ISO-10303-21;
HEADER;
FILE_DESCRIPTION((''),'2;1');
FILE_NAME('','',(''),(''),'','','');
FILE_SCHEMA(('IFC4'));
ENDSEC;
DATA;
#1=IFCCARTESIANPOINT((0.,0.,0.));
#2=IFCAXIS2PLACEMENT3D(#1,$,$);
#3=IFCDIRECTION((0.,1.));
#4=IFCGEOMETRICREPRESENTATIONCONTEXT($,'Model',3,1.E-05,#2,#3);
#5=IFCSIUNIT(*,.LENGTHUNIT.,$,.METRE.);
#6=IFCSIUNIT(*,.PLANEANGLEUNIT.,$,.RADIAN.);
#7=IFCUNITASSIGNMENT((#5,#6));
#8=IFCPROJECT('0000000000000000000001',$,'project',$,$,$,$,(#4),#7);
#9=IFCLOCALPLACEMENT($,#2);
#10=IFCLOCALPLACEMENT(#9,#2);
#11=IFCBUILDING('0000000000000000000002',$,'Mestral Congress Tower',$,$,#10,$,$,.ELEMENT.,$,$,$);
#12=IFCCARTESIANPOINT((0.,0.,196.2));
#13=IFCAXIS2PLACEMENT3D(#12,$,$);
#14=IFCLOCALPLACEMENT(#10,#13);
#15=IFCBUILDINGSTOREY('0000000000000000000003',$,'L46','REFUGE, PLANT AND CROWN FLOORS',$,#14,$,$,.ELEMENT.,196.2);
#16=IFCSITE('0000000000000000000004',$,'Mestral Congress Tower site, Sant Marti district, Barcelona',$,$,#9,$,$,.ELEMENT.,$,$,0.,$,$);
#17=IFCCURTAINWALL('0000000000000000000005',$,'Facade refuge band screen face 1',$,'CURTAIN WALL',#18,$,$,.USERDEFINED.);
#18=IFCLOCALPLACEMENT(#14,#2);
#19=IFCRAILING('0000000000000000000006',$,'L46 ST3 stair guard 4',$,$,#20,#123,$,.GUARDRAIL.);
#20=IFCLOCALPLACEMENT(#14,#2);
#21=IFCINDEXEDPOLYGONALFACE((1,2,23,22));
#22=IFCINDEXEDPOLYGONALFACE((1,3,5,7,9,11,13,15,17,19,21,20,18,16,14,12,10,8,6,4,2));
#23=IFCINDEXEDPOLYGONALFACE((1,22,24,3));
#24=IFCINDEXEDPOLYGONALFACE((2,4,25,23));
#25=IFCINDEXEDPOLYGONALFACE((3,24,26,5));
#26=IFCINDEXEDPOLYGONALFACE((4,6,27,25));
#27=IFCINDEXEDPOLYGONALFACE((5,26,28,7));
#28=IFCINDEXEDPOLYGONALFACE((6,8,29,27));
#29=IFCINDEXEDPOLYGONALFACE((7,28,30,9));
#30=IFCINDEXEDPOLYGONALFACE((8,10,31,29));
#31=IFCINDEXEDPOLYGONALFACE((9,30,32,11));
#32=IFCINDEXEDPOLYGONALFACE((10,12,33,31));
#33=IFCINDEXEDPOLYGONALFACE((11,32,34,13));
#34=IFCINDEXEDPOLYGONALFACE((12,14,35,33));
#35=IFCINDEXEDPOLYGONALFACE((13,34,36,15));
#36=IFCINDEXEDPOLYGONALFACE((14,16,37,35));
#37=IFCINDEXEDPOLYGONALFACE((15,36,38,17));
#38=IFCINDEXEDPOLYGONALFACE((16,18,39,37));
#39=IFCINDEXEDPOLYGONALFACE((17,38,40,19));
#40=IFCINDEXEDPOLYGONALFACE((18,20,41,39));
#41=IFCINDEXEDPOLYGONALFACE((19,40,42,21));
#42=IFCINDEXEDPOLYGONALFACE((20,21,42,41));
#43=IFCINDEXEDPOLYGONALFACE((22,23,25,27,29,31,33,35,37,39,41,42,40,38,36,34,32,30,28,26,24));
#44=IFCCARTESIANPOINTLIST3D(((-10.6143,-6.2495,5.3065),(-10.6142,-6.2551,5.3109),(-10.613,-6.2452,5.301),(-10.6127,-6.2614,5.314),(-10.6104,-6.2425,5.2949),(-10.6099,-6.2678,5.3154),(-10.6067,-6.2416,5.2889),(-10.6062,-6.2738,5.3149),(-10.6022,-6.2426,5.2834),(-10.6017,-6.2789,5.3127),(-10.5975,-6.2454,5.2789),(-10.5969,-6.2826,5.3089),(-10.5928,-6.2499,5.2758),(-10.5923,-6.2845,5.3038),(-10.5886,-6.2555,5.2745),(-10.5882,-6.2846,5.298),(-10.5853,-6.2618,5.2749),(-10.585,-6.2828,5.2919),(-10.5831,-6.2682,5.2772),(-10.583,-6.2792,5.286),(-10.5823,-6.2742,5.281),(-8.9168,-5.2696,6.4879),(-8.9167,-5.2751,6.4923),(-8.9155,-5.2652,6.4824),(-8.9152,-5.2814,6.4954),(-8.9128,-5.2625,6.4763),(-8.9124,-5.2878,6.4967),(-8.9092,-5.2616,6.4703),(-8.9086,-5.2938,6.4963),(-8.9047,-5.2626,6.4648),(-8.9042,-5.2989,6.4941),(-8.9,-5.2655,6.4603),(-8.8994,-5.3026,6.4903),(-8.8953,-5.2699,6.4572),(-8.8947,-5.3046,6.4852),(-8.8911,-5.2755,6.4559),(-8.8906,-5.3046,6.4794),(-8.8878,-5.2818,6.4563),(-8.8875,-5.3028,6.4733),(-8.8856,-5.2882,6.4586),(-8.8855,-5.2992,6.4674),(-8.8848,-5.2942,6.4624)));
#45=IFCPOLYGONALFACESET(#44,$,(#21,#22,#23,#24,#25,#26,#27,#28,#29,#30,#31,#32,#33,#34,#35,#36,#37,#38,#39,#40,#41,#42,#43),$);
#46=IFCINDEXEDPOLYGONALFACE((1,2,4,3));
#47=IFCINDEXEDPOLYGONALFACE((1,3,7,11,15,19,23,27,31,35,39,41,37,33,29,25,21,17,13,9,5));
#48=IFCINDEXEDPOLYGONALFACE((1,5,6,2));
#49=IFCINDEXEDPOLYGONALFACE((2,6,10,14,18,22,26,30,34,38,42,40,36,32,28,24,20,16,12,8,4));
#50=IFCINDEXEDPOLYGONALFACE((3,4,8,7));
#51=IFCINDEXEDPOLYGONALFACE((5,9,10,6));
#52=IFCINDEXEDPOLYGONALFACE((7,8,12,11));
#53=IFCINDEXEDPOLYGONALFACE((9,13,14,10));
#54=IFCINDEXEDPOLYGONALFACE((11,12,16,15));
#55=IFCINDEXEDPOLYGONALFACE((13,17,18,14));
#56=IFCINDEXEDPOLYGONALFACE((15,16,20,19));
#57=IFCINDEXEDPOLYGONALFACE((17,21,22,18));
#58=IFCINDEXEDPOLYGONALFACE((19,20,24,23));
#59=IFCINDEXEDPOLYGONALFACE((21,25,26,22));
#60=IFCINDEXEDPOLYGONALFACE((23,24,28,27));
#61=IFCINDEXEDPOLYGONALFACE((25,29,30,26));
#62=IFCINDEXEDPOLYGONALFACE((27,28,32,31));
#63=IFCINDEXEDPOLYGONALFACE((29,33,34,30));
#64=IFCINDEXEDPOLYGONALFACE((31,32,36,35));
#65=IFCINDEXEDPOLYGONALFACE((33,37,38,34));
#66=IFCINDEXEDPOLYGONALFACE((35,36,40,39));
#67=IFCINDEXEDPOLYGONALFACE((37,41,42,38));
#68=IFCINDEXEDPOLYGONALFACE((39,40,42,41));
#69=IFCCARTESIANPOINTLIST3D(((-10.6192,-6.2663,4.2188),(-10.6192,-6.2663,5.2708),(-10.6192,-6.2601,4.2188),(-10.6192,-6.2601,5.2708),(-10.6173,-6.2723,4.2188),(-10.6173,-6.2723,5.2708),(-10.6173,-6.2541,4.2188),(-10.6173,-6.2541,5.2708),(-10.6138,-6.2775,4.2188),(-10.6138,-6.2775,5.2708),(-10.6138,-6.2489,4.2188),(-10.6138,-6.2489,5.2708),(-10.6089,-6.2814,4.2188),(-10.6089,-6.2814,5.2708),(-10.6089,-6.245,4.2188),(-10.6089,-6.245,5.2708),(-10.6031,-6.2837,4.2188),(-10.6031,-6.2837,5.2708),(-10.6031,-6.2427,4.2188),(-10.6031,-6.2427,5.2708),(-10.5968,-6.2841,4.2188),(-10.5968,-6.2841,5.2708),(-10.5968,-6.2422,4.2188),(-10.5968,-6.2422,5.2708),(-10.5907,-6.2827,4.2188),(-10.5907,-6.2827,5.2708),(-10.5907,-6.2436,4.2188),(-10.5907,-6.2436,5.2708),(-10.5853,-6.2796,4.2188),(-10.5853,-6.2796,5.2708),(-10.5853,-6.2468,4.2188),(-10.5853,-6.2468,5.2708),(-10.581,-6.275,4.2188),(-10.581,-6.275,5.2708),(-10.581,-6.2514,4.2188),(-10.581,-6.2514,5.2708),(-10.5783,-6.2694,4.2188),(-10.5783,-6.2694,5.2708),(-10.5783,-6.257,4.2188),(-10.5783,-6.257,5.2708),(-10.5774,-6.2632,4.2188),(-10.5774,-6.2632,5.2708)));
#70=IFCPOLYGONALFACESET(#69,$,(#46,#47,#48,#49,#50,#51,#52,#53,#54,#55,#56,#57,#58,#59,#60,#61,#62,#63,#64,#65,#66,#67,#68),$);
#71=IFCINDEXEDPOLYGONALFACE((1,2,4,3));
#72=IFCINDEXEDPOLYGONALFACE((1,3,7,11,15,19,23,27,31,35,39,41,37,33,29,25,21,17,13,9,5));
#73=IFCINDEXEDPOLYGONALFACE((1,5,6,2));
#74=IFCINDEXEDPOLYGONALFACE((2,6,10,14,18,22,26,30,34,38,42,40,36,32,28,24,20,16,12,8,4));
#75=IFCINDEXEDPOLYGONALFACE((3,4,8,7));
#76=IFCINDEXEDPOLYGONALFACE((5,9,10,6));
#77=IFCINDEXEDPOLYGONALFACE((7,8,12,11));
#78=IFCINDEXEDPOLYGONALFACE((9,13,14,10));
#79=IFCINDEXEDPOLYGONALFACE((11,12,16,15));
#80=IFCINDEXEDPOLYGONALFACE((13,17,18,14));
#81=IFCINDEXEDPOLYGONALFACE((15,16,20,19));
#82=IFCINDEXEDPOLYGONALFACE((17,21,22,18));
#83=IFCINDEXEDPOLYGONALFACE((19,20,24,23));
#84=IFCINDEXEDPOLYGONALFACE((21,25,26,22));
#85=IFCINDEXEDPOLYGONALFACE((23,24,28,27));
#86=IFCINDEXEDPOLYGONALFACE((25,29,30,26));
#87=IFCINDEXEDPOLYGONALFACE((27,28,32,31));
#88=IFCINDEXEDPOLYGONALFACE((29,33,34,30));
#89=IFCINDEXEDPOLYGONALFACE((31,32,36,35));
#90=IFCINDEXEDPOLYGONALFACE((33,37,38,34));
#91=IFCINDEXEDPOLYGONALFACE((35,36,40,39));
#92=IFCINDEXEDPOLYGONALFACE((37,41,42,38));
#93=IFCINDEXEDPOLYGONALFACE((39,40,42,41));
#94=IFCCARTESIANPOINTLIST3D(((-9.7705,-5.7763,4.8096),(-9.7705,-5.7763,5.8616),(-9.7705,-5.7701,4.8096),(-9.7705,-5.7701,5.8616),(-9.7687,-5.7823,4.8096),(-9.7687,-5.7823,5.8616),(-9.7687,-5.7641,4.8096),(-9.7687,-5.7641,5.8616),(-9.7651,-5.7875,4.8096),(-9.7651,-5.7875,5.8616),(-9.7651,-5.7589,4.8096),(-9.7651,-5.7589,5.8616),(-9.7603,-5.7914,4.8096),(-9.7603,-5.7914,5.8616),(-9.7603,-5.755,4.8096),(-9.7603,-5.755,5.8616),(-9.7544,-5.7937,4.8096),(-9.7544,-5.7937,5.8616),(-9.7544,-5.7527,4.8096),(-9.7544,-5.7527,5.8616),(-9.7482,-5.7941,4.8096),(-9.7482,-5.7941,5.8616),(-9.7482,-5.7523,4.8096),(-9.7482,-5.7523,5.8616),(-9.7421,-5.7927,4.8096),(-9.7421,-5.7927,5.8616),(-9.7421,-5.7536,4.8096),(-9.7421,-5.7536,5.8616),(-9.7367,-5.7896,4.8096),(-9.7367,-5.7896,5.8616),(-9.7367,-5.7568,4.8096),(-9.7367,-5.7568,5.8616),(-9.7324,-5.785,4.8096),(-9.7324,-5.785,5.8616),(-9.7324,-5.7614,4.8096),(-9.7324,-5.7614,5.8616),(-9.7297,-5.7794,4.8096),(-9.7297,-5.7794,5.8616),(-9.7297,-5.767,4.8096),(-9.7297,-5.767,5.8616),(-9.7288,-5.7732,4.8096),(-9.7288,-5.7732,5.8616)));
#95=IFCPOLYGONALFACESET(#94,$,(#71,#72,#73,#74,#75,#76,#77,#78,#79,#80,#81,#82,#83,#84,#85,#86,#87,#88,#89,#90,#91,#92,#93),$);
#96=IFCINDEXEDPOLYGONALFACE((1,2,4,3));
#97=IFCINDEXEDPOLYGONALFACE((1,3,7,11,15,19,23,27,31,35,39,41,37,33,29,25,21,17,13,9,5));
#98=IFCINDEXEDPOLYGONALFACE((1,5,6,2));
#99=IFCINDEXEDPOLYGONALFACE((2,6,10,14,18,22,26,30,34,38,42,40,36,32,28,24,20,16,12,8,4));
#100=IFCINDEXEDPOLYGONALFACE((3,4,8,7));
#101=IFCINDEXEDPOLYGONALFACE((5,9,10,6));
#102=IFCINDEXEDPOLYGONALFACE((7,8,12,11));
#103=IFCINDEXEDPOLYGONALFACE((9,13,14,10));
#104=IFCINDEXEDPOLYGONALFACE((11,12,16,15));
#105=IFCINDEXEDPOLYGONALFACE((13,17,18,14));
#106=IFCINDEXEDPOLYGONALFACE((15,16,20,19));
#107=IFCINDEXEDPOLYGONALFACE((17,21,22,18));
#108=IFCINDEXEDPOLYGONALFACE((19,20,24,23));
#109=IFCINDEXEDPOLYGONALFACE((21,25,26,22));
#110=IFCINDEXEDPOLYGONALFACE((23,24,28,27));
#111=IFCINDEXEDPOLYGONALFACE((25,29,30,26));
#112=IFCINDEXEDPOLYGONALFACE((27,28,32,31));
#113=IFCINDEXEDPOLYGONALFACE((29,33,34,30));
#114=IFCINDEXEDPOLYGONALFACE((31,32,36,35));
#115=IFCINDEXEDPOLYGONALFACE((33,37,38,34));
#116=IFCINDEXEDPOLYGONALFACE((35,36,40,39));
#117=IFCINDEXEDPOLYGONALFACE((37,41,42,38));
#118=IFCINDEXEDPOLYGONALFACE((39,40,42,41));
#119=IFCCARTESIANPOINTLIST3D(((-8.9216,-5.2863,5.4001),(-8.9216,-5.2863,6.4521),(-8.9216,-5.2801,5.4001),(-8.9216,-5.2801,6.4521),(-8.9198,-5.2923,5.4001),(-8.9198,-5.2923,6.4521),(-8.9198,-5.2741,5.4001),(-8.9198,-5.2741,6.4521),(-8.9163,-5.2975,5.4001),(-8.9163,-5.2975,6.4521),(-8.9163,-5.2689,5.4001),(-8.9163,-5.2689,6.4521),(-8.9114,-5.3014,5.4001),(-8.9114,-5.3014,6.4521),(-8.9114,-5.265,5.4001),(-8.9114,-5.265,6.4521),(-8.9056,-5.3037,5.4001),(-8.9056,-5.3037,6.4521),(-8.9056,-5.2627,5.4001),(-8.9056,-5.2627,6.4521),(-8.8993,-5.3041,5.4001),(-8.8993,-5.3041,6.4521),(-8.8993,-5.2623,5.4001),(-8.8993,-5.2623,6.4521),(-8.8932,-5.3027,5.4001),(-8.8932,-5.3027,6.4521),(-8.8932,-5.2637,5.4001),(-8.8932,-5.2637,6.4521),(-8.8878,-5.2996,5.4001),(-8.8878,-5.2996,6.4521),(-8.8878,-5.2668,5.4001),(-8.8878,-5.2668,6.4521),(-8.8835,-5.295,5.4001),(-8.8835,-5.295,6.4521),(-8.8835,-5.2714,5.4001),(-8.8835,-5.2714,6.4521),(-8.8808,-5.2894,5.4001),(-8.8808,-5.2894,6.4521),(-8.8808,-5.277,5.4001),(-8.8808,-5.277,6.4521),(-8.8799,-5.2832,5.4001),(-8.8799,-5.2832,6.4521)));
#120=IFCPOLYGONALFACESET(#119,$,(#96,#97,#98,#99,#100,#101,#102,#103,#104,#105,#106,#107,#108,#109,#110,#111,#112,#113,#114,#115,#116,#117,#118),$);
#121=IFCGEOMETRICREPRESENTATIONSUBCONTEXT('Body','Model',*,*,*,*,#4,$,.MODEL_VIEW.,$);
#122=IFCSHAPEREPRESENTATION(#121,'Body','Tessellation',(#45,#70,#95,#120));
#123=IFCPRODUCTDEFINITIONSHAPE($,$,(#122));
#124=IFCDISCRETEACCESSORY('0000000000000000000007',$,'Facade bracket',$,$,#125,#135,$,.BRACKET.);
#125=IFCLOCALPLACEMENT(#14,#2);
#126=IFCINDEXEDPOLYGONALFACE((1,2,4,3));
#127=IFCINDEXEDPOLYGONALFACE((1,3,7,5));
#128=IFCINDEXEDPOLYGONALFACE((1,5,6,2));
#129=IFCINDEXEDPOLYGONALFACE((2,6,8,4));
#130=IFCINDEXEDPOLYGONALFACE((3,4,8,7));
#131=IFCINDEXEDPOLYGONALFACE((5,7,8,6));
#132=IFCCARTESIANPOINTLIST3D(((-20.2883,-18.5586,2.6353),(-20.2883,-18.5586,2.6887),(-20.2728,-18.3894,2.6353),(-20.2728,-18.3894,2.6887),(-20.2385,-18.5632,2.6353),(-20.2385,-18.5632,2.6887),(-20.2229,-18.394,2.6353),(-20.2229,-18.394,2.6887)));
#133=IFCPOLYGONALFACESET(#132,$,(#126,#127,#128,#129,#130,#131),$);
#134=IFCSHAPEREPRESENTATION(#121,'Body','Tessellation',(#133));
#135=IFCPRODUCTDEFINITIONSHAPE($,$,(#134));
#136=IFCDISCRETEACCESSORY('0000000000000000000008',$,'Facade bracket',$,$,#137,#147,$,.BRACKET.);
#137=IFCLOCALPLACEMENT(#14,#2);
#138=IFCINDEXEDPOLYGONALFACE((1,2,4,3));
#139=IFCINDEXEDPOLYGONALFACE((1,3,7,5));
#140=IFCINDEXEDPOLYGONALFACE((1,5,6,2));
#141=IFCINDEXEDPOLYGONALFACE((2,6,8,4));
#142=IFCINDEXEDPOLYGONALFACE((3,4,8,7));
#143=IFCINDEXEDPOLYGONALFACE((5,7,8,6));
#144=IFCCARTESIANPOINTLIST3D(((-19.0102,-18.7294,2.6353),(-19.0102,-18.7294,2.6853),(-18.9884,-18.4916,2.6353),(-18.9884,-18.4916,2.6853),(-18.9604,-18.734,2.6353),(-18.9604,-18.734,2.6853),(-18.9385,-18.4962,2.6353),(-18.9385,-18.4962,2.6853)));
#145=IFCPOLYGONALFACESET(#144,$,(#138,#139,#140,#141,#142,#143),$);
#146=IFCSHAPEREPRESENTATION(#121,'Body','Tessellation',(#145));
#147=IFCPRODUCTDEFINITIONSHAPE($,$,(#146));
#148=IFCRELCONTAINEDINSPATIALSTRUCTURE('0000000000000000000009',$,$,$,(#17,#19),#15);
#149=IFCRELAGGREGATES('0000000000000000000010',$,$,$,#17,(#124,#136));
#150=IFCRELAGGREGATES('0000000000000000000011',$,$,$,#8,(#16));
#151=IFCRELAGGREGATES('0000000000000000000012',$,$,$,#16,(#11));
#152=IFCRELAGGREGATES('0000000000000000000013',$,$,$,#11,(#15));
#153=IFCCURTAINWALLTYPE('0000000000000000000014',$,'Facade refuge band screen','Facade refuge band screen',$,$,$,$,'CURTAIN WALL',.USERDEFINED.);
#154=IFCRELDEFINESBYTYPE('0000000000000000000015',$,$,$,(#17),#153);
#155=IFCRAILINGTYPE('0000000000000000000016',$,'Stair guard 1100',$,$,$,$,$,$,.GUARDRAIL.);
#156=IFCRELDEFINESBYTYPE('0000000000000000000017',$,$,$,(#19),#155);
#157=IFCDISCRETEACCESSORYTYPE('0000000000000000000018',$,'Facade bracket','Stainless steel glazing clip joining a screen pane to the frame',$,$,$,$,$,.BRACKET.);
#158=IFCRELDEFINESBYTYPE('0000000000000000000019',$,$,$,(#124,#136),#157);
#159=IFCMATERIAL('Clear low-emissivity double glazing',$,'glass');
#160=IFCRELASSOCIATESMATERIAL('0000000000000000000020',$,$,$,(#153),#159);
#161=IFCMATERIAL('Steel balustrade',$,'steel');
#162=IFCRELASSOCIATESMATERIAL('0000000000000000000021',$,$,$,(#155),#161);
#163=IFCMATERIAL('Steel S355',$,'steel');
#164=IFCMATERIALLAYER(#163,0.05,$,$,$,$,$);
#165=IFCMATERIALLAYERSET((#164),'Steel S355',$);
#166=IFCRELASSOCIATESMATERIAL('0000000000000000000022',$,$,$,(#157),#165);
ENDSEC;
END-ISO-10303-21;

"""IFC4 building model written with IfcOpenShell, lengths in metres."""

from ifc_helpers import new_model, si_unit, direction, frame, origin, origin_2d, place, context, subcontext, project, spatial, rectangle, circle, extrude, material, layer, layer_set, type_object, element, aggregate, save


model = new_model("IFC4")

# Units and contexts
model_context = context("Model", 3, precision=1e-05, world=origin(), true_north=direction((0.0, 1.0)))
body_context = subcontext(model_context, "Body", "Model", "MODEL_VIEW")
ifc_project = project(units=[si_unit("LENGTHUNIT", "METRE"), si_unit("PLANEANGLEUNIT", "RADIAN")], contexts=[model_context])

# Site, building, storey
site_placement = place(None, origin())
site = spatial("IfcSite", under=ifc_project, at=site_placement, Name="Mestral Congress Tower site, Sant Marti district, Barcelona", CompositionType="ELEMENT", RefElevation=0.0)
building_placement = place(site_placement, origin())
building = spatial("IfcBuilding", under=site, at=building_placement, Name="Mestral Congress Tower", CompositionType="ELEMENT")
storey_placement = place(building_placement, frame((0.0, 0.0, 196.2)))
storey = spatial("IfcBuildingStorey", under=building, at=storey_placement, Name="L46", Description="REFUGE, PLANT AND CROWN FLOORS", CompositionType="ELEMENT", Elevation=196.2)

# Shared definitions
ifc_material_1 = material(Name="Steel S355", Category="steel")

# Curtain wall
ifc_material_2 = material(Name="Clear low-emissivity double glazing", Category="glass")
curtain_wall_type = type_object("IfcCurtainWallType", Name="Facade refuge band screen", Description="Facade refuge band screen", ElementType="CURTAIN WALL", PredefinedType="USERDEFINED", material=ifc_material_2)
placement = place(storey_placement, origin())
curtain_wall = element("IfcCurtainWall", 1, at=placement, inside=storey, type_object=curtain_wall_type, Name="Facade refuge band screen face 1", ObjectType="CURTAIN WALL", PredefinedType="USERDEFINED")

# Railing
ifc_material_3 = material(Name="Steel balustrade", Category="steel")
railing_type_1 = type_object("IfcRailingType", Name="Stair guard 1100", PredefinedType="GUARDRAIL", material=ifc_material_3)
railing_1_placement = place(storey_placement, frame((-10.5984, -6.2632, 4.2188)))
element("IfcRailing", 2, at=railing_1_placement, inside=storey, type_object=railing_type_1, Name="L46 ST3 stair guard 4", PredefinedType="GUARDRAIL", context=body_context, shape_type="SweptSolid", body=[
    extrude(circle(Radius=0.0239, at=origin_2d()), frame((0.0, 0.0, 1.0762), z_axis=(0.741731, 0.428205, 0.516214), x_axis=(-0.49997, 0.866042, 0.0)), (0.0, 0.0, 1.0), 2.2886),
    extrude(circle(Radius=0.021, at=origin_2d()), origin(), (0.0, 0.0, 1.0), 1.052),
    extrude(circle(Radius=0.021, at=origin_2d()), frame((0.8486, 0.49, 0.5908)), (0.0, 0.0, 1.0), 1.052),
    extrude(circle(Radius=0.021, at=origin_2d()), frame((1.6975, 0.98, 1.1814)), (0.0, 0.0, 1.0), 1.052),
])

# Discrete accessories
ifc_layer_1 = layer(ifc_material_1, 0.05)
ifc_layer_set_1 = layer_set([ifc_layer_1], Name="Steel S355")
discrete_accessory_type = type_object("IfcDiscreteAccessoryType", Name="Facade bracket", Description="Stainless steel glazing clip joining a screen pane to the frame", PredefinedType="BRACKET", material=ifc_layer_set_1)
discrete_accessory_1_placement = place(storey_placement, frame((-20.2556, -18.4763, 2.6353), z_axis=(0.0, 0.0, 1.0), x_axis=(0.995814, -0.091404, 0.0)))
discrete_accessory_1 = element("IfcDiscreteAccessory", 3, at=discrete_accessory_1_placement, type_object=discrete_accessory_type, Name="Facade bracket", PredefinedType="BRACKET", context=body_context, shape_type="SweptSolid", body=[
    extrude(rectangle(XDim=0.05, YDim=0.1699, at=origin_2d()), origin(), (0.0, 0.0, 1.0), 0.0535),
])
discrete_accessory_2_placement = place(storey_placement, frame((-18.9744, -18.6128, 2.6353), z_axis=(0.0, 0.0, 1.0), x_axis=(0.995811, -0.09143, 0.0)))
discrete_accessory_2 = element("IfcDiscreteAccessory", 4, at=discrete_accessory_2_placement, type_object=discrete_accessory_type, Name="Facade bracket", PredefinedType="BRACKET", context=body_context, shape_type="SweptSolid", body=[
    extrude(rectangle(XDim=0.05, YDim=0.2388, at=origin_2d()), origin(), (0.0, 0.0, 1.0), 0.05),
])
aggregate(curtain_wall, [discrete_accessory_1, discrete_accessory_2])

save(model, "model.ifc")
